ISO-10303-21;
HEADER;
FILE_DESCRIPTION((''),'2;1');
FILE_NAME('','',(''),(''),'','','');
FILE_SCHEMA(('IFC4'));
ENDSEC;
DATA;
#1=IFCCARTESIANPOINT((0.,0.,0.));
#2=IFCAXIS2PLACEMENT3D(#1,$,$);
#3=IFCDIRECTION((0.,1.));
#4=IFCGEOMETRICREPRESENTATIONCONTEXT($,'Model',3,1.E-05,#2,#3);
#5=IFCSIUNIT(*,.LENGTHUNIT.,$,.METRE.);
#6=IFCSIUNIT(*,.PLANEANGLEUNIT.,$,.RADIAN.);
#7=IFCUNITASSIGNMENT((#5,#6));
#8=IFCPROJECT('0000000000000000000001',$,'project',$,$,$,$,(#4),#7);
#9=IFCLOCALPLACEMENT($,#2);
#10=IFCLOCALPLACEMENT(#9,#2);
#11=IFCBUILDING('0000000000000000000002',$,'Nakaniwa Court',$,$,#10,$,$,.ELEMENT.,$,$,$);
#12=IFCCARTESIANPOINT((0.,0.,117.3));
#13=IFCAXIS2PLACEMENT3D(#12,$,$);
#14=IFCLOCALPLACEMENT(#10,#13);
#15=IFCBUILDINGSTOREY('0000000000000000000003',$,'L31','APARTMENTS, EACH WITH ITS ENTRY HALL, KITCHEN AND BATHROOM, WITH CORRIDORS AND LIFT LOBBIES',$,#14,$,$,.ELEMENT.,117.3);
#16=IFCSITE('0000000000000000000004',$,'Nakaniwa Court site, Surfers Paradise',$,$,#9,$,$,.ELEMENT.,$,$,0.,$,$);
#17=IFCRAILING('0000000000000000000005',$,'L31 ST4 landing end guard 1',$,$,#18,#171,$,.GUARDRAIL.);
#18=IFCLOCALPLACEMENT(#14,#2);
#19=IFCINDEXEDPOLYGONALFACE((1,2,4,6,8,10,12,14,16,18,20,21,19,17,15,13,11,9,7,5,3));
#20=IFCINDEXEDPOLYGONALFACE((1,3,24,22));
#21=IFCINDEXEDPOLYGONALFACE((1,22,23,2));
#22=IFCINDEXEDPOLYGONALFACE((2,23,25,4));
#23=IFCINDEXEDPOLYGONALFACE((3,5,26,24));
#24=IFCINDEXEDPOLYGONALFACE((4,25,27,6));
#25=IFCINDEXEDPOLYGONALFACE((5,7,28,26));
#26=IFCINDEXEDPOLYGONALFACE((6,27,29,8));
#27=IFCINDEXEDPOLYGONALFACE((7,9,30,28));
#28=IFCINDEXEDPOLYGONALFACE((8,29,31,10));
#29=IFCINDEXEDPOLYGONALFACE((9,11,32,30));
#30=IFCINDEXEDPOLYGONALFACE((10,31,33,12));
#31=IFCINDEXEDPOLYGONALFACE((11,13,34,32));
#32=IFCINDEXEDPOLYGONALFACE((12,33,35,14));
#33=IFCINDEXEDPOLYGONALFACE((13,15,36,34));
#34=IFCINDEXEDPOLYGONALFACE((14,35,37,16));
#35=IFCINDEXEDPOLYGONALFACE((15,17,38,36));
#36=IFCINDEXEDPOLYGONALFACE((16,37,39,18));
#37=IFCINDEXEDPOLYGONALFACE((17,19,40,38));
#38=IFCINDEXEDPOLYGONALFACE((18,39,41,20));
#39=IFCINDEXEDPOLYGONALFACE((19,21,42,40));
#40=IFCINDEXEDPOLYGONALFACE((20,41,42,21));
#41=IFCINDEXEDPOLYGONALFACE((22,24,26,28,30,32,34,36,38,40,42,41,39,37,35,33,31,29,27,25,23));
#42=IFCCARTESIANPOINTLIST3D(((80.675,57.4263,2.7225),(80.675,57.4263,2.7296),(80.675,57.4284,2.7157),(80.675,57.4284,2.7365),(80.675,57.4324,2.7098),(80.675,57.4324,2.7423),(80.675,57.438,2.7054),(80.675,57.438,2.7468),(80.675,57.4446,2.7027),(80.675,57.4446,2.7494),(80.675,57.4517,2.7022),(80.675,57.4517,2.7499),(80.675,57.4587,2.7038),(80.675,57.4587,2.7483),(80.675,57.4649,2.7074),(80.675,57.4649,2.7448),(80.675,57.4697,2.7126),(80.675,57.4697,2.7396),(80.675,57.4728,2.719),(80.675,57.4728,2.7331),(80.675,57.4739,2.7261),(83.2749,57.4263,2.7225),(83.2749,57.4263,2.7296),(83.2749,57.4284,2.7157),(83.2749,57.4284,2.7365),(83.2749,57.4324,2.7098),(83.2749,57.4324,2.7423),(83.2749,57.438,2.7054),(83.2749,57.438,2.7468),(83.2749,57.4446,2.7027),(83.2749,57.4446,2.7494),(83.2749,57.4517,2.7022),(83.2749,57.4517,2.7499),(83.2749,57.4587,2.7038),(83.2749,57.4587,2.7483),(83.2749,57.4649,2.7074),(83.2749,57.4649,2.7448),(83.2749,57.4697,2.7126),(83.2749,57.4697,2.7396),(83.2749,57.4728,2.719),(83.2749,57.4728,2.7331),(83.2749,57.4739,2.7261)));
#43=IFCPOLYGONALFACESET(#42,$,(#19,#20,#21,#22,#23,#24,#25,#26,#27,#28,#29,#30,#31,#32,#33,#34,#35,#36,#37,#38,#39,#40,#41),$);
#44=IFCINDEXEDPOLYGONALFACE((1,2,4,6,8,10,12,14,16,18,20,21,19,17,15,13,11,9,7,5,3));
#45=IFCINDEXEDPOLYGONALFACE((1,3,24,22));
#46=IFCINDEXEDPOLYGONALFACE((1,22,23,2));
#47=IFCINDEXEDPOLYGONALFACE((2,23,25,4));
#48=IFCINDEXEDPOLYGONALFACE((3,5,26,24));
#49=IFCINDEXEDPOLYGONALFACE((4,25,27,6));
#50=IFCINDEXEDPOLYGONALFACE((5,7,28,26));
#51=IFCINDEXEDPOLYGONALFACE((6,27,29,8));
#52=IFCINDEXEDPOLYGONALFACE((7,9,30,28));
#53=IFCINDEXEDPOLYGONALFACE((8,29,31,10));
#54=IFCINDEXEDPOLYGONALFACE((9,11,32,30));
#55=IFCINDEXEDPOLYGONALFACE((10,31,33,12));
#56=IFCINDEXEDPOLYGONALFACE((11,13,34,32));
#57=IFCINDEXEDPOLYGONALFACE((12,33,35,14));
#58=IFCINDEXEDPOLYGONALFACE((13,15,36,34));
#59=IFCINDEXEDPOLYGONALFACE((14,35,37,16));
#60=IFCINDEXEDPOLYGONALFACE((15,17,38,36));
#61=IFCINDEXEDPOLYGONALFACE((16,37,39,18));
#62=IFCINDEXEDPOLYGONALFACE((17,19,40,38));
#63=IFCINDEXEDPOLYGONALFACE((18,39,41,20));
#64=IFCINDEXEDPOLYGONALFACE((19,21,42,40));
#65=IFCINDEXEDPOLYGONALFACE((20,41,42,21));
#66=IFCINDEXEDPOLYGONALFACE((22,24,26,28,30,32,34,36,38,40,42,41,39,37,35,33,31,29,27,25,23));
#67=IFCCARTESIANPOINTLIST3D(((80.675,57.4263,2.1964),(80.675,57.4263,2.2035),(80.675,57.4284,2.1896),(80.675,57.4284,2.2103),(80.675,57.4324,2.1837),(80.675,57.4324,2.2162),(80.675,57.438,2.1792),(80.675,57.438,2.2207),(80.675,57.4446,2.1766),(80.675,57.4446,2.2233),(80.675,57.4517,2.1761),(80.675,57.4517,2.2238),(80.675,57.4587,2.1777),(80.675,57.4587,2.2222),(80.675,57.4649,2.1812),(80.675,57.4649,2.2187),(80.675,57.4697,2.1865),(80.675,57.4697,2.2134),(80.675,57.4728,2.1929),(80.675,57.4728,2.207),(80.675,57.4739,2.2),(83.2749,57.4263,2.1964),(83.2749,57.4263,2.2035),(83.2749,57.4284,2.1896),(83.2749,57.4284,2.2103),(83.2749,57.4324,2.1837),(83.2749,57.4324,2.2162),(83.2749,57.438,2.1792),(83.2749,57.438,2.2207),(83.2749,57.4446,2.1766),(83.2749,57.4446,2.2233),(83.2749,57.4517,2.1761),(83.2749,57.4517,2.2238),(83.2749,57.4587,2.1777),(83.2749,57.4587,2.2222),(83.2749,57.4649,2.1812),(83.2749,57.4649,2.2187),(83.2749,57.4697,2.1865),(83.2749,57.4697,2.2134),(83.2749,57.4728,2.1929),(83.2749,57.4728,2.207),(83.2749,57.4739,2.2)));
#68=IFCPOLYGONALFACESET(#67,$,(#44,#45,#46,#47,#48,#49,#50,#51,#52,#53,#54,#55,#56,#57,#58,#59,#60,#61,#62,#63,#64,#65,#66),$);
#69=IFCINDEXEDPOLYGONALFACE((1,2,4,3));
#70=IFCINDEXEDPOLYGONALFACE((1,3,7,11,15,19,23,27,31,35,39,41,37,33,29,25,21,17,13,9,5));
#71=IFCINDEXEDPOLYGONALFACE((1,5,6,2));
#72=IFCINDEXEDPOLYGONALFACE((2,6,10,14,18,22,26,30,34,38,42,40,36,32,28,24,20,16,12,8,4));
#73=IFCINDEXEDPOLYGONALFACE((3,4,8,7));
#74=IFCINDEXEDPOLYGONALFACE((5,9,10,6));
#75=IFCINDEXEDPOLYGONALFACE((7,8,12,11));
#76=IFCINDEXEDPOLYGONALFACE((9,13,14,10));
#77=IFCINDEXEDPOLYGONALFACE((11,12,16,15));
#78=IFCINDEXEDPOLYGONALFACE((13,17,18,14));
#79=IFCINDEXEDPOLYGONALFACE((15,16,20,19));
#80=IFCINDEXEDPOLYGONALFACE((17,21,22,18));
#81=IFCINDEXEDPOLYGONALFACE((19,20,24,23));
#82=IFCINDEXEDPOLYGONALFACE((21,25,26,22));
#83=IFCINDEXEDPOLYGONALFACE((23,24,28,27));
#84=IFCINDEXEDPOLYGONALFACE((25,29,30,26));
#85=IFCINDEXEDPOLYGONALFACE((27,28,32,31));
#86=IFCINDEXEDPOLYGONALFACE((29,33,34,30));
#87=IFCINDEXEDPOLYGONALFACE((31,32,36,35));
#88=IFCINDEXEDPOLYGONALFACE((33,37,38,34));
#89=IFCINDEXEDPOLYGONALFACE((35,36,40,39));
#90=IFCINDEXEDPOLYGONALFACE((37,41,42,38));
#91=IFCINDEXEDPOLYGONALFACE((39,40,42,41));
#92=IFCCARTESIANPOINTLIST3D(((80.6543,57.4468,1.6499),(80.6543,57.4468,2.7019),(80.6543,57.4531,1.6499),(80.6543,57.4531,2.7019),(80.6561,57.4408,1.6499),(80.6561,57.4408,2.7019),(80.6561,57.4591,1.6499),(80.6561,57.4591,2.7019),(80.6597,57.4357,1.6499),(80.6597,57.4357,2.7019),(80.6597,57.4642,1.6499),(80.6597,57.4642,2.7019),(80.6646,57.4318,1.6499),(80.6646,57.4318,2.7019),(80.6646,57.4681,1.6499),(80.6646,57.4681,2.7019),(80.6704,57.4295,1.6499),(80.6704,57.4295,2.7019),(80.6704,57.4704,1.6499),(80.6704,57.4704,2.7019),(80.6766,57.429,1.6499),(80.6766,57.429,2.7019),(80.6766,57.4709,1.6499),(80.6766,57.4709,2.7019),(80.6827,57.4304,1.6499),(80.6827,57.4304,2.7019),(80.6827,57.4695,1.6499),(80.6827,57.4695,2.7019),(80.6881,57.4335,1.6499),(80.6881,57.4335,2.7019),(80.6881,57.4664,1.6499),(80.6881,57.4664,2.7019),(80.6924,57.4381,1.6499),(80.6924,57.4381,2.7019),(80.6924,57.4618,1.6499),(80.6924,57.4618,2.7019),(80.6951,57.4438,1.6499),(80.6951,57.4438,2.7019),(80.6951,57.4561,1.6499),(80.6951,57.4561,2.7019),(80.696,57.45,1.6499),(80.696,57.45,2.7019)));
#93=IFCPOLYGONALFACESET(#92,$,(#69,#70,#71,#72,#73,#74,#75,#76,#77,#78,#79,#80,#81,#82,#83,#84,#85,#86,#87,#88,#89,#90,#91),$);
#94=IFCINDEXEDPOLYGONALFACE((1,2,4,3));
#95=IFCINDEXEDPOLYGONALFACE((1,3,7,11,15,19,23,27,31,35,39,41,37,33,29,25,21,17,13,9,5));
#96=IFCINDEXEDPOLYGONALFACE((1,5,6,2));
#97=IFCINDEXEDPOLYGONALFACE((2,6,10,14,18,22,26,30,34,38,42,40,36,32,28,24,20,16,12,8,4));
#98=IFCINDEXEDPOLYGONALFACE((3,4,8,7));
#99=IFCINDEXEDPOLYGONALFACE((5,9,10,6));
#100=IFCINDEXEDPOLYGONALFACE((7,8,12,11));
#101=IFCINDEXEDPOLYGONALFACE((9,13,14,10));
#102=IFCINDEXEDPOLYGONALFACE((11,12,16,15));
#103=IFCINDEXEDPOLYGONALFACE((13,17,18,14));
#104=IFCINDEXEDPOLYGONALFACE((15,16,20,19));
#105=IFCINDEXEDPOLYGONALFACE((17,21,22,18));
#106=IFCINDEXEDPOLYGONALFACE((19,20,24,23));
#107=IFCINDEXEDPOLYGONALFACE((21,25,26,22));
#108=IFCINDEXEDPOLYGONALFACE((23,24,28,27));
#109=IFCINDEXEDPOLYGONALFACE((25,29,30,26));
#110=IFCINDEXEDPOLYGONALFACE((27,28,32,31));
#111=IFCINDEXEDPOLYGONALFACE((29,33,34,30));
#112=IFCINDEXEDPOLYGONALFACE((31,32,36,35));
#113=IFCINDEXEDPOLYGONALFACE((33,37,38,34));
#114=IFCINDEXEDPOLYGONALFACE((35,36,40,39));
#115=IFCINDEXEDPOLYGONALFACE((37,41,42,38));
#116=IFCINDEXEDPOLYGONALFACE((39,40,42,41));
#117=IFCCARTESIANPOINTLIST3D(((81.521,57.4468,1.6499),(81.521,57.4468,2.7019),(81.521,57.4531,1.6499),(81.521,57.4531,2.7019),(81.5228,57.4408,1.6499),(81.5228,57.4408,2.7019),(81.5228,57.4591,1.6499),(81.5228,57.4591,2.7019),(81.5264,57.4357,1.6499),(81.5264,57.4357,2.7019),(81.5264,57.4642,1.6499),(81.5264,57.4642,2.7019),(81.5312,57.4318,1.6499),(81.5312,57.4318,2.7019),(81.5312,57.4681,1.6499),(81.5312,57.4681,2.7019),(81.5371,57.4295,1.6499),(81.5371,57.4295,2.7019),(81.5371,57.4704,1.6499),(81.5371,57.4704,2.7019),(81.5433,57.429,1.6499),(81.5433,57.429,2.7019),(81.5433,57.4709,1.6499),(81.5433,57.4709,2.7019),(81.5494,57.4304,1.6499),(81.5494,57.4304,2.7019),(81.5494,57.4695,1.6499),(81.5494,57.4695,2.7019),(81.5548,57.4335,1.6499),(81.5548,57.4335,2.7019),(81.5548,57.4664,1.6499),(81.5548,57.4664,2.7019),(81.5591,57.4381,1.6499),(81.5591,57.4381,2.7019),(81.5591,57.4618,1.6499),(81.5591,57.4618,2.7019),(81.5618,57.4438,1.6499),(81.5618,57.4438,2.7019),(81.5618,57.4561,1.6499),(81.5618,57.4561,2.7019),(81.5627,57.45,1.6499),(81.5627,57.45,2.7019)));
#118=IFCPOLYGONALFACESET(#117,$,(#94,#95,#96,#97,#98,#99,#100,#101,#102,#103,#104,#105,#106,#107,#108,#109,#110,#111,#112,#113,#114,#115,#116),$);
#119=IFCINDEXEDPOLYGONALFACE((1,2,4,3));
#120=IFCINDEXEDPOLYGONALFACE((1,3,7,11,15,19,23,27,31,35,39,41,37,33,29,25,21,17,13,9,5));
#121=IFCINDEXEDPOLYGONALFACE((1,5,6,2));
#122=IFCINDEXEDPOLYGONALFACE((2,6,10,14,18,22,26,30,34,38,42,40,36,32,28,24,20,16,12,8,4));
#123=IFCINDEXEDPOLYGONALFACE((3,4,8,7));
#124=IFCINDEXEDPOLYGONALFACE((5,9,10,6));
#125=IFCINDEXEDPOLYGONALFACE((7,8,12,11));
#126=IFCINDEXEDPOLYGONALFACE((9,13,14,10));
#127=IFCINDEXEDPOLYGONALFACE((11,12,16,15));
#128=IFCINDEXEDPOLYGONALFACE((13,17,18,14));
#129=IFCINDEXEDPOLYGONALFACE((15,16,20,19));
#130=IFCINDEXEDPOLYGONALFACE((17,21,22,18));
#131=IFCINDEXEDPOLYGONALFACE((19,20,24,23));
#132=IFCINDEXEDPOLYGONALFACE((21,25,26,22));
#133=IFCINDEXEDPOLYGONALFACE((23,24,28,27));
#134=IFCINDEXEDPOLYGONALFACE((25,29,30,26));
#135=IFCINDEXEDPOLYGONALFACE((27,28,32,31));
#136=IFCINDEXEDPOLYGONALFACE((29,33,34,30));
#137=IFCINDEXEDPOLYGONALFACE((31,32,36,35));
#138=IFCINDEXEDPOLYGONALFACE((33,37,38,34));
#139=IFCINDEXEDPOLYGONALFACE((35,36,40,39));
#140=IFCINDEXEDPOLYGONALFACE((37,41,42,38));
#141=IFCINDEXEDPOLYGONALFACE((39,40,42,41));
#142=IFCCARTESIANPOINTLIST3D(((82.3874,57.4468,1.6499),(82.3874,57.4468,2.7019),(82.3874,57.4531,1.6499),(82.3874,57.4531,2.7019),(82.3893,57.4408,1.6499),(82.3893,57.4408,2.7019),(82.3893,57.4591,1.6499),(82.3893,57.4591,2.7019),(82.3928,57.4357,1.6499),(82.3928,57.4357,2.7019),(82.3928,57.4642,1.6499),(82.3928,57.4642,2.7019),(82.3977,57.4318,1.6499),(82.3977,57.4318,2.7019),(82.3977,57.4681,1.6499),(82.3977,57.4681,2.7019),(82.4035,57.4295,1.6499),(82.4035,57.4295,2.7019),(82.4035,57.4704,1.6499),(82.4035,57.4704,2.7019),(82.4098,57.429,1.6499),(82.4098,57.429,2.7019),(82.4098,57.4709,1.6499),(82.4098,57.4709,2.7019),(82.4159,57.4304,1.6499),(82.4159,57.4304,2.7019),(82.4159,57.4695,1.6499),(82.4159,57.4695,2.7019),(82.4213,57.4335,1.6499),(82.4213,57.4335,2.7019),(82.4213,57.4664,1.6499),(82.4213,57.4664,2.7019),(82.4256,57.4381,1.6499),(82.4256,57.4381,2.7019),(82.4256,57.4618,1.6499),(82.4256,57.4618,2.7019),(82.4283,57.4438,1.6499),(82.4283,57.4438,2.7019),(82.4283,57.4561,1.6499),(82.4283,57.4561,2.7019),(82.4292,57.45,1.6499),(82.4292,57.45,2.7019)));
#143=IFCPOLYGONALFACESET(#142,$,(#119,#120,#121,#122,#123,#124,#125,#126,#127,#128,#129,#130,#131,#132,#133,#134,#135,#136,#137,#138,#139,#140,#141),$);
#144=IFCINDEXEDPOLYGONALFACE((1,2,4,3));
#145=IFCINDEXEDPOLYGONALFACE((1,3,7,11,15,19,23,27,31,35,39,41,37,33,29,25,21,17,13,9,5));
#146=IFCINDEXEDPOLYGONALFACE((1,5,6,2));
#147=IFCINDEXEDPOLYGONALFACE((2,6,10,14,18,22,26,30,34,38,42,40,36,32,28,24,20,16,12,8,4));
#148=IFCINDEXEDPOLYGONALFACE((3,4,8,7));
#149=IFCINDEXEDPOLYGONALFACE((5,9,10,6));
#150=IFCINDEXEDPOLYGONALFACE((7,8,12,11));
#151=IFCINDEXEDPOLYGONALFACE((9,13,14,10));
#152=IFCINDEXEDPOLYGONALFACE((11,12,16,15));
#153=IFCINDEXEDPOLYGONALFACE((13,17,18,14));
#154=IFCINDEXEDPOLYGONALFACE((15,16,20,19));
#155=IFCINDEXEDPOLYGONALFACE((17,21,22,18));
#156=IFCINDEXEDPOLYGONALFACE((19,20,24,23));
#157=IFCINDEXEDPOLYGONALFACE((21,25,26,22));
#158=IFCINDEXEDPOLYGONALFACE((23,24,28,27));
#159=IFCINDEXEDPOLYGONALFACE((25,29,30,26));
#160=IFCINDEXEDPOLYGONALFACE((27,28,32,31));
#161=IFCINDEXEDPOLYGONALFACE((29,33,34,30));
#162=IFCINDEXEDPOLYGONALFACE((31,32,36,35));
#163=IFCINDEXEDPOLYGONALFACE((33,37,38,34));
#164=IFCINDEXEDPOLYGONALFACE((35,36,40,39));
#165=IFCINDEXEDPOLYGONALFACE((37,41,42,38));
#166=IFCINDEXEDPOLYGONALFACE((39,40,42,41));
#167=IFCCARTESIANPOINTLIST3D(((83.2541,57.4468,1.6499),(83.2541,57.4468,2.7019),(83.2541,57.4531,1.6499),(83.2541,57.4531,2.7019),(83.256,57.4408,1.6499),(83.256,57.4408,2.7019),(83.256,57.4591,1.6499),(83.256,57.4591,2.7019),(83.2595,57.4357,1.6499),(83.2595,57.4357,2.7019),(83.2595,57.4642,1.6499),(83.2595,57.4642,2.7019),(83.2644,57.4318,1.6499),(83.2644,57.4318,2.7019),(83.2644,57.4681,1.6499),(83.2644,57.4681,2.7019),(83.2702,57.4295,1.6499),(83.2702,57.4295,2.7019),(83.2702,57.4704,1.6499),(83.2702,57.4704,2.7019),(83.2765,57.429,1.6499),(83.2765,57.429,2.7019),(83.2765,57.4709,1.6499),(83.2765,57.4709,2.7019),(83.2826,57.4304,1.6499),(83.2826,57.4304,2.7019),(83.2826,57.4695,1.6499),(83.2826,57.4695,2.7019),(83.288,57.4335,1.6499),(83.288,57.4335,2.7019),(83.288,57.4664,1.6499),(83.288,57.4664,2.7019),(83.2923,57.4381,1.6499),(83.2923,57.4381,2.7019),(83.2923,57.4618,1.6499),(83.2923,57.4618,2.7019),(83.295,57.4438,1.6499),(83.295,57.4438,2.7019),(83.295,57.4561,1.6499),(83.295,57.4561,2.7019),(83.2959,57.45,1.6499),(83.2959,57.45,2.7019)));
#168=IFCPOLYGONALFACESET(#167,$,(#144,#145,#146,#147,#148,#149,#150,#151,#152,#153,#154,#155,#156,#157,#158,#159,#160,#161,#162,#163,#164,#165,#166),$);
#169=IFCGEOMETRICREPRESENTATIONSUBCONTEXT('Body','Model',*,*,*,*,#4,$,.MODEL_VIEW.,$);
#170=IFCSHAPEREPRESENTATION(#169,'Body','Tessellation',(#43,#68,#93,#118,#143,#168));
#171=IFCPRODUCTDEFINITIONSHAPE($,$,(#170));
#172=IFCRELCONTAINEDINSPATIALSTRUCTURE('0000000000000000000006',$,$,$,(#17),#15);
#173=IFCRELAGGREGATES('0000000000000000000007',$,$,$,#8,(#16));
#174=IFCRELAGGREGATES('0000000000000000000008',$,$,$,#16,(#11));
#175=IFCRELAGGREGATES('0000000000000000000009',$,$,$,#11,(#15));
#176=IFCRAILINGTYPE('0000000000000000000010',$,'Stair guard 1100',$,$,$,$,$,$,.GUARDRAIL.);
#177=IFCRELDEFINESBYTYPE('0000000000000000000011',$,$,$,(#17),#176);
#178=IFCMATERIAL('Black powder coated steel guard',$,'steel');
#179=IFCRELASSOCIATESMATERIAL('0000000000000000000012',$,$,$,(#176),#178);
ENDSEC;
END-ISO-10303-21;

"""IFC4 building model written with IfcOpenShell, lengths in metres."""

from ifc_helpers import new_model, si_unit, direction, frame, origin, origin_2d, place, context, subcontext, project, spatial, circle, extrude, material, type_object, element, save


model = new_model("IFC4")

# Units and contexts
model_context = context("Model", 3, precision=1e-05, world=origin(), true_north=direction((0.0, 1.0)))
body_context = subcontext(model_context, "Body", "Model", "MODEL_VIEW")
ifc_project = project(units=[si_unit("LENGTHUNIT", "METRE"), si_unit("PLANEANGLEUNIT", "RADIAN")], contexts=[model_context])

# Site, building, storey
site_placement = place(None, origin())
site = spatial("IfcSite", under=ifc_project, at=site_placement, Name="Nakaniwa Court site, Surfers Paradise", CompositionType="ELEMENT", RefElevation=0.0)
building_placement = place(site_placement, origin())
building = spatial("IfcBuilding", under=site, at=building_placement, Name="Nakaniwa Court", CompositionType="ELEMENT")
storey_placement = place(building_placement, frame((0.0, 0.0, 117.3)))
storey = spatial("IfcBuildingStorey", under=building, at=storey_placement, Name="L31", Description="APARTMENTS, EACH WITH ITS ENTRY HALL, KITCHEN AND BATHROOM, WITH CORRIDORS AND LIFT LOBBIES", CompositionType="ELEMENT", Elevation=117.3)

# Railing
ifc_material_1 = material(Name="Black powder coated steel guard", Category="steel")
railing_type_1 = type_object("IfcRailingType", Name="Stair guard 1100", PredefinedType="GUARDRAIL", material=ifc_material_1)
railing_1_placement = place(storey_placement, frame((80.675, 57.45, 1.6499)))
element("IfcRailing", 1, at=railing_1_placement, inside=storey, type_object=railing_type_1, Name="L31 ST4 landing end guard 1", PredefinedType="GUARDRAIL", context=body_context, shape_type="SweptSolid", body=[
    extrude(circle(Radius=0.0239, at=origin_2d()), frame((0.0, 0.0, 1.0762), z_axis=(1.0, 0.0, 0.0), x_axis=(0.0, 1.0, 0.0)), (0.0, 0.0, 1.0), 2.5999),
    extrude(circle(Radius=0.0239, at=origin_2d()), frame((0.0, 0.0, 0.55), z_axis=(1.0, 0.0, 0.0), x_axis=(0.0, 1.0, 0.0)), (0.0, 0.0, 1.0), 2.5999),
    extrude(circle(Radius=0.021, at=origin_2d()), origin(), (0.0, 0.0, 1.0), 1.052),
    extrude(circle(Radius=0.021, at=origin_2d()), frame((0.8667, 0.0, 0.0)), (0.0, 0.0, 1.0), 1.052),
    extrude(circle(Radius=0.021, at=origin_2d()), frame((1.7332, 0.0, 0.0)), (0.0, 0.0, 1.0), 1.052),
    extrude(circle(Radius=0.021, at=origin_2d()), frame((2.5999, 0.0, 0.0)), (0.0, 0.0, 1.0), 1.052),
])

save(model, "model.ifc")
